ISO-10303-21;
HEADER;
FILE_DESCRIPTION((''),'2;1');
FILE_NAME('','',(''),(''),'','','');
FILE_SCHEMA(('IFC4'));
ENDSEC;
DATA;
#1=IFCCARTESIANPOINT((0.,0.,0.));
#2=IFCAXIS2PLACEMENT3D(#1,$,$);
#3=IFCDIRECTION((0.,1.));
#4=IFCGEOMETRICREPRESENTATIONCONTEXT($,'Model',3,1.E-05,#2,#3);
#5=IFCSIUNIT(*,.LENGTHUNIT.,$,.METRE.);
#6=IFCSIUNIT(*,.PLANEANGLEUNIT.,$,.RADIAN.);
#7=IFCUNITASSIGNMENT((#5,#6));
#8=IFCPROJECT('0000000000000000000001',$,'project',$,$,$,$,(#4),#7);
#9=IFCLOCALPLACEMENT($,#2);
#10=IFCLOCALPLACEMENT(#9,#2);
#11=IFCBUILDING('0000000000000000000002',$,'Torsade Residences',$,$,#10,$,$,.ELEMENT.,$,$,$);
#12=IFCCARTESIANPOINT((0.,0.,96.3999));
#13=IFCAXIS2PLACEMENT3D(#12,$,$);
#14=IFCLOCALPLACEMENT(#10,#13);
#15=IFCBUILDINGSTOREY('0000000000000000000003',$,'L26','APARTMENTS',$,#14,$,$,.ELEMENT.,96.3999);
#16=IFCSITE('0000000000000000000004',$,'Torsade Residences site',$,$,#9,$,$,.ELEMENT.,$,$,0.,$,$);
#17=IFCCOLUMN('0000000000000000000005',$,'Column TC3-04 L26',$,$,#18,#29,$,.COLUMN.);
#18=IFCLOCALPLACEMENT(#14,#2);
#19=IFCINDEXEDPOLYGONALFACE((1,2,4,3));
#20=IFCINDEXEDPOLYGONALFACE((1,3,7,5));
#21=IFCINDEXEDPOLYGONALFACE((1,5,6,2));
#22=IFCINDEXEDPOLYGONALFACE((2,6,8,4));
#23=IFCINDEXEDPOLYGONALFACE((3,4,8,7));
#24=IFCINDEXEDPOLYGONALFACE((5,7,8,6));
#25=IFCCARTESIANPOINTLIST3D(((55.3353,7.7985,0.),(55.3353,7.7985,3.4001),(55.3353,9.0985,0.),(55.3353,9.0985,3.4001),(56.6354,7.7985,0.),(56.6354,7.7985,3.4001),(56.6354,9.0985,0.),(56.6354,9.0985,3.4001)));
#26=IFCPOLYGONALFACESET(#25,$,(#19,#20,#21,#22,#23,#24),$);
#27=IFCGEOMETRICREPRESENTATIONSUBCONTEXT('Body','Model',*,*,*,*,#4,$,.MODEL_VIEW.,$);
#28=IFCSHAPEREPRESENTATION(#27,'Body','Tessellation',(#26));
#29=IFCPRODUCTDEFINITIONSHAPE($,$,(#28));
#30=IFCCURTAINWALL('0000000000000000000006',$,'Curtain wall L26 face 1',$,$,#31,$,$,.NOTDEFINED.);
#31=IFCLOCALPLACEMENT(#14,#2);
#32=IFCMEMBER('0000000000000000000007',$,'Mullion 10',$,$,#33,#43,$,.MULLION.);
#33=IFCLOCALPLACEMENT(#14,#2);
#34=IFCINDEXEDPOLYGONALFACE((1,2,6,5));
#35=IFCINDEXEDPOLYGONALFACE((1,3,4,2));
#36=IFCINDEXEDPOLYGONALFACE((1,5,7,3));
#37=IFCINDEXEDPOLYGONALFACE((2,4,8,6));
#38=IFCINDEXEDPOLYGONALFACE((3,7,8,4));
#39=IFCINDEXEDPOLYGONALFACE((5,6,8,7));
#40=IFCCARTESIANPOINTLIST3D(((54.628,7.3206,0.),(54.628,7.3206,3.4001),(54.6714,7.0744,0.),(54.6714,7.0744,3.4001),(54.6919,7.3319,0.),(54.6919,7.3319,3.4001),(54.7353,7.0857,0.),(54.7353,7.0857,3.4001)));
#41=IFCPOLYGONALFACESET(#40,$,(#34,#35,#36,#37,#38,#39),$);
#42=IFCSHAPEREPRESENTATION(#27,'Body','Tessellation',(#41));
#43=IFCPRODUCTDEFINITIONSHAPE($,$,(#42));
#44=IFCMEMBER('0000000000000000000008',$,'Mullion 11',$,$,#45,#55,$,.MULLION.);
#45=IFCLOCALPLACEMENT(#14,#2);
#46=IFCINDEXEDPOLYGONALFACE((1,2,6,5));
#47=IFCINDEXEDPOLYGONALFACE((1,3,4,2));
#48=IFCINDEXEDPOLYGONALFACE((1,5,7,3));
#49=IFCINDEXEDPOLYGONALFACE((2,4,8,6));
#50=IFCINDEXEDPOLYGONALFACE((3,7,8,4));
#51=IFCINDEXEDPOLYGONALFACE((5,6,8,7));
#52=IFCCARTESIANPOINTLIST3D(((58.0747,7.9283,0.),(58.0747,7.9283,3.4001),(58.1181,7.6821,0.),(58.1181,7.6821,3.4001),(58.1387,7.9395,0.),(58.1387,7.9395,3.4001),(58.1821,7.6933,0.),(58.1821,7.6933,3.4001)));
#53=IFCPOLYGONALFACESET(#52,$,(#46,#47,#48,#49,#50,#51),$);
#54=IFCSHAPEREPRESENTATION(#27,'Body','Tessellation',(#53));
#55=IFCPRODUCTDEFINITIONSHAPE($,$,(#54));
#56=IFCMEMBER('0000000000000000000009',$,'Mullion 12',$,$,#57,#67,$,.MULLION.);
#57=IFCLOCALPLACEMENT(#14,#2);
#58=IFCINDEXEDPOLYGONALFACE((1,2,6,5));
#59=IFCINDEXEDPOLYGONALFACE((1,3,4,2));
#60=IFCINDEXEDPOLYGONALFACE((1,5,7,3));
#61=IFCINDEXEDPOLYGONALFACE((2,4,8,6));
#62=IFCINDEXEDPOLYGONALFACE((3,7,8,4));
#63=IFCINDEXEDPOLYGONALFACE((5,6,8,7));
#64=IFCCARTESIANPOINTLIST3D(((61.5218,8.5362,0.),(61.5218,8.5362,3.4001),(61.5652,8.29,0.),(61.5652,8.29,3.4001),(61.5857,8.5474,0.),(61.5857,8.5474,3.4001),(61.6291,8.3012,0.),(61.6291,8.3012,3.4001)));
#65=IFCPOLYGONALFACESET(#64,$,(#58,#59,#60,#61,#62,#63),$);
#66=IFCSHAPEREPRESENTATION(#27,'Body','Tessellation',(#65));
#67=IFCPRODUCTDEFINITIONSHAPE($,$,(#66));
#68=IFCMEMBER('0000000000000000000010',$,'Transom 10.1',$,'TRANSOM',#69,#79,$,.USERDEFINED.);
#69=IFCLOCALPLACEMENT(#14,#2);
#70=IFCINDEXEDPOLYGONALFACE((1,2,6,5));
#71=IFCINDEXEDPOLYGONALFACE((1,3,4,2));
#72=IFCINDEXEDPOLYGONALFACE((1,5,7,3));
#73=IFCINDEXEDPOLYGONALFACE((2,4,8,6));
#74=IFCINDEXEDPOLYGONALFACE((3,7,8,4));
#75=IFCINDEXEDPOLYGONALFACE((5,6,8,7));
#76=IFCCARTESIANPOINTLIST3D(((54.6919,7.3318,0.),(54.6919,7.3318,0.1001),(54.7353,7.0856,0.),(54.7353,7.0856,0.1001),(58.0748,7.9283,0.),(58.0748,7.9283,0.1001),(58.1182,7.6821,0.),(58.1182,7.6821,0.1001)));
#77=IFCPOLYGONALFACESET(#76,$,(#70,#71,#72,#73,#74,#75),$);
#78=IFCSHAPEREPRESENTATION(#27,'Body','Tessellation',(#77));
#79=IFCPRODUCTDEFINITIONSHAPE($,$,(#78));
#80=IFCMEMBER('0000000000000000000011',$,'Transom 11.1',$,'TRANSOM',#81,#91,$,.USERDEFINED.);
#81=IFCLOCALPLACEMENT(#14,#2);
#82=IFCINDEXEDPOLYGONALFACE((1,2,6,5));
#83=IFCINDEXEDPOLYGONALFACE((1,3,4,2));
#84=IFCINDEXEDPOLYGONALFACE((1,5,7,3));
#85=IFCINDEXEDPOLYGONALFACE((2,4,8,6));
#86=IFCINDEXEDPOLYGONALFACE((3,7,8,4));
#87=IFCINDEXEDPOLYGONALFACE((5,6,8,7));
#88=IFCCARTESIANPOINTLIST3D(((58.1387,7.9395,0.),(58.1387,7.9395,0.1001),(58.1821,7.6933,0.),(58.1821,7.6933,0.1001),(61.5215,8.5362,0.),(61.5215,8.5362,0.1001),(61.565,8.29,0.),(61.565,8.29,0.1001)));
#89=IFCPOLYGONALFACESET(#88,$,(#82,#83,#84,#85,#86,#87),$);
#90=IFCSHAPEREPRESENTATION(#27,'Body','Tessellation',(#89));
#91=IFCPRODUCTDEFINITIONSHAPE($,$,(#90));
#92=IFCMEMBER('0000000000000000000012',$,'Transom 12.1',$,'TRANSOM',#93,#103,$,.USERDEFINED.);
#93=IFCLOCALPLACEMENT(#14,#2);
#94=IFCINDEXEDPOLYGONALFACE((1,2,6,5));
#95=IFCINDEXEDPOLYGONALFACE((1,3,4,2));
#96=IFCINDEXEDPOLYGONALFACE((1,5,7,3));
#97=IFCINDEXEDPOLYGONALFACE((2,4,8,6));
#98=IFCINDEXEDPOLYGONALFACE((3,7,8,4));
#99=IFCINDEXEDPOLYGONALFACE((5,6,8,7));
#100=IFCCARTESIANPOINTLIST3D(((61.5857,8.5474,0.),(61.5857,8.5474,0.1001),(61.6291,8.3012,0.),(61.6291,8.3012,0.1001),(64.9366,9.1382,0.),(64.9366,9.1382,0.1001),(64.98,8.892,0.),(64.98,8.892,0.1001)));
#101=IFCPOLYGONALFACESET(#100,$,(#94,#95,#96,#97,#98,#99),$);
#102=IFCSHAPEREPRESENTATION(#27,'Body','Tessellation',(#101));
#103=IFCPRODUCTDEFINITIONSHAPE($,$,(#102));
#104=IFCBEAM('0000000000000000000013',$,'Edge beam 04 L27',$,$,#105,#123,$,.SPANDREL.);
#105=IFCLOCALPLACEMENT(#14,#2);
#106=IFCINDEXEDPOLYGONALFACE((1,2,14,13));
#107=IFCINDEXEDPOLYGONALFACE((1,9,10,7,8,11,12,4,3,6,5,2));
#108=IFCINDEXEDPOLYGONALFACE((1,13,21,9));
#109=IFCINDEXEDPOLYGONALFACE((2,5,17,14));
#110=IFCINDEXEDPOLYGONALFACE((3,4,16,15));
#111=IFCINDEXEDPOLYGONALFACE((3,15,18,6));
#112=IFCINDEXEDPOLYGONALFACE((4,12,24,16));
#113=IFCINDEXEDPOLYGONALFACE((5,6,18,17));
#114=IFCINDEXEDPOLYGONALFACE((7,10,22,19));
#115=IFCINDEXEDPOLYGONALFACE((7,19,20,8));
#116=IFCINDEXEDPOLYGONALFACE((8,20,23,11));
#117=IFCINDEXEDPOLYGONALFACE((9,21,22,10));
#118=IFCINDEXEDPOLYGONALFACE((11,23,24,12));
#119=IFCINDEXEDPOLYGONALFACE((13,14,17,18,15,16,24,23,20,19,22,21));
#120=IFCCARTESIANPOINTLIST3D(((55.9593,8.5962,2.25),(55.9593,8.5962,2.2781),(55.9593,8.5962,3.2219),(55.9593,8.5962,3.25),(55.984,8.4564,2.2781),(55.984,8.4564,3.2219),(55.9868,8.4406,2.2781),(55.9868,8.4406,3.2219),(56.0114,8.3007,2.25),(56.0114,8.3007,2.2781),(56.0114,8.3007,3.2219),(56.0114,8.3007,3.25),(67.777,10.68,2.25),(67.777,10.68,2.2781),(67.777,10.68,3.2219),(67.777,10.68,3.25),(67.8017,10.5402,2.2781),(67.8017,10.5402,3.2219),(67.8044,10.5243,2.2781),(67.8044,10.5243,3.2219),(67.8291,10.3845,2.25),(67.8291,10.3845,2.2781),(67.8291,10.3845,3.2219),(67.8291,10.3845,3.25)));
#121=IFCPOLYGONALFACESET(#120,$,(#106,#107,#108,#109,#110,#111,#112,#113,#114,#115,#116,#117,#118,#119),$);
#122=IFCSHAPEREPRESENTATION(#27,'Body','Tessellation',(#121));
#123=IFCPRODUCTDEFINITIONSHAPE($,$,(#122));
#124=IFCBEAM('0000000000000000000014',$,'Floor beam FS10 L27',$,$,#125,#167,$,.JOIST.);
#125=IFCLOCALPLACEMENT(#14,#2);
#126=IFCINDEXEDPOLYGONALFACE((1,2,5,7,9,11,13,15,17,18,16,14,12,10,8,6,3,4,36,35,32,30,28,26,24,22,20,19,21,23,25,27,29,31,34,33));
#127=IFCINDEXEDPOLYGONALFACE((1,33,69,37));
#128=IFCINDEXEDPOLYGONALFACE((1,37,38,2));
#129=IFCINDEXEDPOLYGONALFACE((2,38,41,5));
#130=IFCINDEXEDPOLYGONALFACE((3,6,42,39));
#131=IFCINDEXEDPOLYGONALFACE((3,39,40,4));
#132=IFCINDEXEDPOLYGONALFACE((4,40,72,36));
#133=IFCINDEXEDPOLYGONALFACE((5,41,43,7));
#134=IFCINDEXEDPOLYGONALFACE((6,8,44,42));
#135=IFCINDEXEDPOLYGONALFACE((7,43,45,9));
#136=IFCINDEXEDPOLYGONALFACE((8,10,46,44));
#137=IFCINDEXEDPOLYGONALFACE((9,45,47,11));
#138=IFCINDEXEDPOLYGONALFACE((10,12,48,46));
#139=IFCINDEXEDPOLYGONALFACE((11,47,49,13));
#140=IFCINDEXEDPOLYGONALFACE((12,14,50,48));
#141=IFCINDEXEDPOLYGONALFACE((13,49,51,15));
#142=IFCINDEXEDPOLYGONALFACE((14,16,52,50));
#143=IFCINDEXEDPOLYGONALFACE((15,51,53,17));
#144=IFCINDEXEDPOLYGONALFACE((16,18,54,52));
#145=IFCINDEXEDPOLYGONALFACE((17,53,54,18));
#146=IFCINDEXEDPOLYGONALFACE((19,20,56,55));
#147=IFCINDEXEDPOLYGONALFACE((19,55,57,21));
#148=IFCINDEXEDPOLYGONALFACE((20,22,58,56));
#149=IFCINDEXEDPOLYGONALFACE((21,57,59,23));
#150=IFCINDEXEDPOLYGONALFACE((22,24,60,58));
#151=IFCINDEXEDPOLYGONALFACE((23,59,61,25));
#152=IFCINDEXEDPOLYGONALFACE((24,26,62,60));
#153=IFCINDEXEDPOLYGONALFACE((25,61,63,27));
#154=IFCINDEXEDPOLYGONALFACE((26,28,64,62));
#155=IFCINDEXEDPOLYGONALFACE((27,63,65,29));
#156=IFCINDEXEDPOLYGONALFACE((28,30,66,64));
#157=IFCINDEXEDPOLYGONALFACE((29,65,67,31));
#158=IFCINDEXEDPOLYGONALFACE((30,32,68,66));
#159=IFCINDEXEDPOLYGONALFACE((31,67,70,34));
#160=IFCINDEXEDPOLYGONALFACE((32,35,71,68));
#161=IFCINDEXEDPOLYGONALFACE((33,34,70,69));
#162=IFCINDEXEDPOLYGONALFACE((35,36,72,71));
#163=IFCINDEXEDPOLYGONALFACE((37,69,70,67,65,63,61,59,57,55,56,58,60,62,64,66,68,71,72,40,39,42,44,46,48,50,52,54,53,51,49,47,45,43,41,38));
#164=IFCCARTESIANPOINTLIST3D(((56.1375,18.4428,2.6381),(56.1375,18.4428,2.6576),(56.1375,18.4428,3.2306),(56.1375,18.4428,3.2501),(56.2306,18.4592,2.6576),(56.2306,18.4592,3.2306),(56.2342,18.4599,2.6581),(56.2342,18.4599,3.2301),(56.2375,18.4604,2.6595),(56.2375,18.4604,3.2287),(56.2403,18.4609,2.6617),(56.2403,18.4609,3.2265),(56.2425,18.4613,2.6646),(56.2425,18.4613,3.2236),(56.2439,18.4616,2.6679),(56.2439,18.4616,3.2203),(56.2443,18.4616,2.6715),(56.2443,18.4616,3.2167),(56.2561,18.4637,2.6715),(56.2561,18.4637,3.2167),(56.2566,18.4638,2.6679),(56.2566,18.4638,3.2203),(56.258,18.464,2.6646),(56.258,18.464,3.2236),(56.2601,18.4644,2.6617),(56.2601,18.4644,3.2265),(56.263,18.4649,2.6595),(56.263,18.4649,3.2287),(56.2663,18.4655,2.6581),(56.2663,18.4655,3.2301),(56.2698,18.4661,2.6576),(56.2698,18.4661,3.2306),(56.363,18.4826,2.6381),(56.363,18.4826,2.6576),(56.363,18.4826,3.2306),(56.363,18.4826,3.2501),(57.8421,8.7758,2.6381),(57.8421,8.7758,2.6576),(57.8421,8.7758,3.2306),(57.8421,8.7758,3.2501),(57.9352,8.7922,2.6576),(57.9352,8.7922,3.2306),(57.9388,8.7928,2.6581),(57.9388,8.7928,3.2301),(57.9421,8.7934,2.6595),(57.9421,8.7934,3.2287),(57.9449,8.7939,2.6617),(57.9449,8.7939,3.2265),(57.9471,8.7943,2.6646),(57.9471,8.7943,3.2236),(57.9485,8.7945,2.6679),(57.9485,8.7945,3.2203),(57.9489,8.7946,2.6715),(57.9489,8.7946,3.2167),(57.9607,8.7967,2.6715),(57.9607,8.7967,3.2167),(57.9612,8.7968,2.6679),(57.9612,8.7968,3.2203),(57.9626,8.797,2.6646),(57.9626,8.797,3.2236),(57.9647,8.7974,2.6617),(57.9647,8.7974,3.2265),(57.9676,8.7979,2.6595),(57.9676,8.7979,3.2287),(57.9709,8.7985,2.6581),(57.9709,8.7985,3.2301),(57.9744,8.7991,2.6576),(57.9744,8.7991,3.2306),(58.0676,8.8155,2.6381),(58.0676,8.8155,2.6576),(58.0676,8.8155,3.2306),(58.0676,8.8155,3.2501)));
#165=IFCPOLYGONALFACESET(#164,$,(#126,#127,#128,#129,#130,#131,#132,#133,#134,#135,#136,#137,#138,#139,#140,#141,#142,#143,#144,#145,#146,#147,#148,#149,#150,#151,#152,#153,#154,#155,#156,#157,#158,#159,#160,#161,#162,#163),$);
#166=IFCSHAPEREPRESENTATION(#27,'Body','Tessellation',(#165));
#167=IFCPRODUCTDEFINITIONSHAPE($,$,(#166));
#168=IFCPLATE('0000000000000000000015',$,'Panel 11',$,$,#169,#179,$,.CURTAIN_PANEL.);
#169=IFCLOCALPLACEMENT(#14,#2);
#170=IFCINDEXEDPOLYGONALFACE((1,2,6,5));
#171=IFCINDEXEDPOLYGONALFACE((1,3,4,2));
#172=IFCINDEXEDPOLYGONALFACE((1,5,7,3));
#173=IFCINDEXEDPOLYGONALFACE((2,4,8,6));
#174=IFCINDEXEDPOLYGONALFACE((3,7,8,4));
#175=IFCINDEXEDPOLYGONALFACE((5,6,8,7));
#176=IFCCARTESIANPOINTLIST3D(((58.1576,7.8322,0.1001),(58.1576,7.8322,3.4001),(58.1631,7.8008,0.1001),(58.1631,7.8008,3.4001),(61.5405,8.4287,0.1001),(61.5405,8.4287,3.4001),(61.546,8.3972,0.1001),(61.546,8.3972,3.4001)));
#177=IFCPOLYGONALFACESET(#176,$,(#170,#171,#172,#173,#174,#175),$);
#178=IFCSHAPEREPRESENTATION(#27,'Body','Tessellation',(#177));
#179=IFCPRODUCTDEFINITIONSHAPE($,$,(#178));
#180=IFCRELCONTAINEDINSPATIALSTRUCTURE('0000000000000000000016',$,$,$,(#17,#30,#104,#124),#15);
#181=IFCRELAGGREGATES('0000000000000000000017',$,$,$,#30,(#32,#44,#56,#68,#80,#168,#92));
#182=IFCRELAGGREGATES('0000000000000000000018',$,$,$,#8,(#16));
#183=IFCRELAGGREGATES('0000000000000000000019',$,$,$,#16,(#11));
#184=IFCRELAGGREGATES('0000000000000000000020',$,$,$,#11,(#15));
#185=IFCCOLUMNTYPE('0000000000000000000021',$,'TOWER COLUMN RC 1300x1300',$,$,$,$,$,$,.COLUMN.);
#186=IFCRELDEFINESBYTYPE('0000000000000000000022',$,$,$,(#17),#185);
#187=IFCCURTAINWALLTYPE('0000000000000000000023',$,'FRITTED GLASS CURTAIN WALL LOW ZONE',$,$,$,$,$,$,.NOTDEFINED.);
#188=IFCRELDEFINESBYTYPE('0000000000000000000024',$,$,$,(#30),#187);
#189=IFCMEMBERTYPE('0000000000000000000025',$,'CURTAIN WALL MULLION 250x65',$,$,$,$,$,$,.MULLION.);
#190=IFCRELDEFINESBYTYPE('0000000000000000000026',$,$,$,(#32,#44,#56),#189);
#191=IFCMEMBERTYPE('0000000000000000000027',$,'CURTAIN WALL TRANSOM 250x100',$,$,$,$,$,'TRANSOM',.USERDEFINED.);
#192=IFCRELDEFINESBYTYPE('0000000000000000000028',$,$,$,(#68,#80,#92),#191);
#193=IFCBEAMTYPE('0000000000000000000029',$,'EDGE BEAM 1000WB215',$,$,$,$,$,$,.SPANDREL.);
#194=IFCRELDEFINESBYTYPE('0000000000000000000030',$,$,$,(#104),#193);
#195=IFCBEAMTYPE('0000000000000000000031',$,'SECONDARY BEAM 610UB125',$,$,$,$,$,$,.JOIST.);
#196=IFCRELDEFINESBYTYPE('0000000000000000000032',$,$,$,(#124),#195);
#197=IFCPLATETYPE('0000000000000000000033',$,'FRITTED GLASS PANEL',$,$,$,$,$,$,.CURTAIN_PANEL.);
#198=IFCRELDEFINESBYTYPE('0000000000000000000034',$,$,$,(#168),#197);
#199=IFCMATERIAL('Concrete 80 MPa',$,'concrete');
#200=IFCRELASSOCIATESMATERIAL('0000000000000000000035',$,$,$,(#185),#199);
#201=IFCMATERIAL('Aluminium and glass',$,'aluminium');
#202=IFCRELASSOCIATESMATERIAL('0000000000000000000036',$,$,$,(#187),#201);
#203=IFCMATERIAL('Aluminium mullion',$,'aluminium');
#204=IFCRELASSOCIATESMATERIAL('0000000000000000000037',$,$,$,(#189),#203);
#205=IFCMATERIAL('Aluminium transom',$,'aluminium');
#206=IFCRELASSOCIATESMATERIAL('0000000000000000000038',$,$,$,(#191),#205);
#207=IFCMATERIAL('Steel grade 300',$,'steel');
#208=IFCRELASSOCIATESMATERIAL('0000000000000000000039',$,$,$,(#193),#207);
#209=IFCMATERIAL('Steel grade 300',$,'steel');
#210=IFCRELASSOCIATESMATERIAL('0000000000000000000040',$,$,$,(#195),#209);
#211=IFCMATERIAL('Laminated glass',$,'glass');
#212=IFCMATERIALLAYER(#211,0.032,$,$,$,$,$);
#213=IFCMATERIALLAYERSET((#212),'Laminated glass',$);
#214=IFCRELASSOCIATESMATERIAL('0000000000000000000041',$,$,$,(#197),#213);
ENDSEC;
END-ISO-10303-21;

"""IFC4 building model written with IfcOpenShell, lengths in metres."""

from ifc_helpers import new_model, si_unit, direction, frame, origin, origin_2d, place, context, subcontext, project, spatial, rectangle, i_section, extrude, material, layer, layer_set, material_profile, profile_set, type_object, element, aggregate, save


model = new_model("IFC4")

# Units and contexts
model_context = context("Model", 3, precision=1e-05, world=origin(), true_north=direction((0.0, 1.0)))
body_context = subcontext(model_context, "Body", "Model", "MODEL_VIEW")
ifc_project = project(units=[si_unit("LENGTHUNIT", "METRE"), si_unit("PLANEANGLEUNIT", "RADIAN")], contexts=[model_context])

# Site, building, storey
site_placement = place(None, origin())
site = spatial("IfcSite", under=ifc_project, at=site_placement, Name="Torsade Residences site", CompositionType="ELEMENT", RefElevation=0.0)
building_placement = place(site_placement, origin())
building = spatial("IfcBuilding", under=site, at=building_placement, Name="Torsade Residences", CompositionType="ELEMENT")
storey_placement = place(building_placement, frame((0.0, 0.0, 96.3999)))
storey = spatial("IfcBuildingStorey", under=building, at=storey_placement, Name="L26", Description="APARTMENTS", CompositionType="ELEMENT", Elevation=96.3999)

# Column
ifc_material_1 = material(Name="Concrete 80 MPa", Category="concrete")
ifc_material_profile_1 = material_profile(ifc_material_1, rectangle(XDim=1.3, YDim=1.3, at=origin_2d()), Name="RC 1300x1300")
ifc_profile_set_1 = profile_set([ifc_material_profile_1], Name="Concrete 80 MPa")
column_type = type_object("IfcColumnType", Name="TOWER COLUMN RC 1300x1300", PredefinedType="COLUMN", material=ifc_profile_set_1)
column_placement = place(storey_placement, frame((55.9854, 8.4485, 0.0), z_axis=(0.0, 0.0, 1.0), x_axis=(1.0, 0.0, 0.0)))
element("IfcColumn", 1, at=column_placement, inside=storey, type_object=column_type, Name="Column TC3-04 L26", PredefinedType="COLUMN", context=body_context, shape_type="SweptSolid", body=[
    extrude(rectangle(XDim=1.3, YDim=1.3, at=origin_2d()), origin(), (0.0, 0.0, 1.0), 3.4001),
])

# Curtain wall, members
ifc_material_2 = material(Name="Aluminium and glass", Category="aluminium")
curtain_wall_type = type_object("IfcCurtainWallType", Name="FRITTED GLASS CURTAIN WALL LOW ZONE", PredefinedType="NOTDEFINED", material=ifc_material_2)
curtain_wall_placement = place(storey_placement, origin())
curtain_wall = element("IfcCurtainWall", 2, at=curtain_wall_placement, inside=storey, type_object=curtain_wall_type, Name="Curtain wall L26 face 1", PredefinedType="NOTDEFINED")
ifc_material_3 = material(Name="Aluminium mullion", Category="aluminium")
ifc_material_profile_2 = material_profile(ifc_material_3, rectangle(XDim=0.25, YDim=0.0649, at=origin_2d()), Name="CURTAIN WALL MULLION 250x65")
ifc_profile_set_2 = profile_set([ifc_material_profile_2], Name="Aluminium mullion")
member_type_1 = type_object("IfcMemberType", Name="CURTAIN WALL MULLION 250x65", PredefinedType="MULLION", material=ifc_profile_set_2)
member_1_placement = place(storey_placement, frame((54.6816, 7.2031, 0.0), z_axis=(0.0, 0.0, 1.0), x_axis=(-0.173648, 0.984808, 0.0)))
member_1 = element("IfcMember", 3, at=member_1_placement, type_object=member_type_1, Name="Mullion 10", PredefinedType="MULLION", context=body_context, shape_type="SweptSolid", body=[
    extrude(rectangle(XDim=0.25, YDim=0.0649, at=origin_2d()), origin(), (0.0, 0.0, 1.0), 3.4001),
])
member_2_placement = place(storey_placement, frame((58.1284, 7.8108, 0.0), z_axis=(0.0, 0.0, 1.0), x_axis=(-0.173648, 0.984808, 0.0)))
member_2 = element("IfcMember", 4, at=member_2_placement, type_object=member_type_1, Name="Mullion 11", PredefinedType="MULLION", context=body_context, shape_type="SweptSolid", body=[
    extrude(rectangle(XDim=0.25, YDim=0.0649, at=origin_2d()), origin(), (0.0, 0.0, 1.0), 3.4001),
])
member_3_placement = place(storey_placement, frame((61.5754, 8.4187, 0.0), z_axis=(0.0, 0.0, 1.0), x_axis=(-0.173648, 0.984808, 0.0)))
member_3 = element("IfcMember", 5, at=member_3_placement, type_object=member_type_1, Name="Mullion 12", PredefinedType="MULLION", context=body_context, shape_type="SweptSolid", body=[
    extrude(rectangle(XDim=0.25, YDim=0.0649, at=origin_2d()), origin(), (0.0, 0.0, 1.0), 3.4001),
])
ifc_material_4 = material(Name="Aluminium transom", Category="aluminium")
ifc_material_profile_3 = material_profile(ifc_material_4, rectangle(XDim=0.25, YDim=0.1001, at=origin_2d()), Name="CURTAIN WALL TRANSOM 250x100")
ifc_profile_set_3 = profile_set([ifc_material_profile_3], Name="Aluminium transom")
member_type_2 = type_object("IfcMemberType", Name="CURTAIN WALL TRANSOM 250x100", ElementType="TRANSOM", PredefinedType="USERDEFINED", material=ifc_profile_set_3)
member_4_placement = place(storey_placement, frame((54.7136, 7.2087, 0.05), z_axis=(0.98481, 0.173635, 0.0), x_axis=(-0.173635, 0.98481, 0.0)))
member_4 = element("IfcMember", 6, at=member_4_placement, type_object=member_type_2, Name="Transom 10.1", ObjectType="TRANSOM", PredefinedType="USERDEFINED", context=body_context, shape_type="SweptSolid", body=[
    extrude(rectangle(XDim=0.25, YDim=0.1001, at=origin_2d()), origin(), (0.0, 0.0, 1.0), 3.4351),
])
member_5_placement = place(storey_placement, frame((58.1604, 7.8164, 0.05), z_axis=(0.984798, 0.173704, 0.0), x_axis=(-0.173704, 0.984798, 0.0)))
member_5 = element("IfcMember", 7, at=member_5_placement, type_object=member_type_2, Name="Transom 11.1", ObjectType="TRANSOM", PredefinedType="USERDEFINED", context=body_context, shape_type="SweptSolid", body=[
    extrude(rectangle(XDim=0.25, YDim=0.1001, at=origin_2d()), origin(), (0.0, 0.0, 1.0), 3.4351),
])
member_6_placement = place(storey_placement, frame((61.6074, 8.4243, 0.05), z_axis=(0.984809, 0.173642, 0.0), x_axis=(-0.173642, 0.984809, 0.0)))
member_6 = element("IfcMember", 8, at=member_6_placement, type_object=member_type_2, Name="Transom 12.1", ObjectType="TRANSOM", PredefinedType="USERDEFINED", context=body_context, shape_type="SweptSolid", body=[
    extrude(rectangle(XDim=0.25, YDim=0.1001, at=origin_2d()), origin(), (0.0, 0.0, 1.0), 3.4026),
])

# Beams
ifc_material_5 = material(Name="Steel grade 300", Category="steel")
ifc_material_profile_4 = material_profile(ifc_material_5, i_section(OverallWidth=0.3, OverallDepth=1.0, WebThickness=0.0161, FlangeThickness=0.0281, at=origin_2d()), Name="1000WB215")
ifc_profile_set_4 = profile_set([ifc_material_profile_4], Name="Steel grade 300")
beam_type_1 = type_object("IfcBeamType", Name="EDGE BEAM 1000WB215", PredefinedType="SPANDREL", material=ifc_profile_set_4)
beam_1_placement = place(storey_placement, frame((55.9854, 8.4485, 2.75), z_axis=(0.984808, 0.173646, 0.0), x_axis=(-0.173646, 0.984808, 0.0)))
element("IfcBeam", 9, at=beam_1_placement, inside=storey, type_object=beam_type_1, Name="Edge beam 04 L27", PredefinedType="SPANDREL", context=body_context, shape_type="SweptSolid", body=[
    extrude(i_section(OverallWidth=0.3, OverallDepth=1.0, WebThickness=0.0161, FlangeThickness=0.0281, at=origin_2d()), origin(), (0.0, 0.0, 1.0), 12.0),
])
ifc_material_6 = material(Name="Steel grade 300", Category="steel")
ifc_material_profile_5 = material_profile(ifc_material_6, i_section(OverallWidth=0.229, OverallDepth=0.6121, WebThickness=0.012, FlangeThickness=0.0195, FilletRadius=0.0139, at=origin_2d()), Name="610UB125")
ifc_profile_set_5 = profile_set([ifc_material_profile_5], Name="Steel grade 300")
beam_type_2 = type_object("IfcBeamType", Name="SECONDARY BEAM 610UB125", PredefinedType="JOIST", material=ifc_profile_set_5)
beam_2_placement = place(storey_placement, frame((57.9548, 8.7957, 2.9441), z_axis=(-0.173652, 0.984807, 0.0), x_axis=(-0.984807, -0.173652, 0.0)))
element("IfcBeam", 10, at=beam_2_placement, inside=storey, type_object=beam_type_2, Name="Floor beam FS10 L27", PredefinedType="JOIST", context=body_context, shape_type="SweptSolid", body=[
    extrude(i_section(OverallWidth=0.229, OverallDepth=0.6121, WebThickness=0.012, FlangeThickness=0.0195, FilletRadius=0.0139, at=origin_2d()), origin(), (0.0, 0.0, 1.0), 9.8162),
])

# Plate
ifc_material_7 = material(Name="Laminated glass", Category="glass")
ifc_layer_1 = layer(ifc_material_7, 0.032)
ifc_layer_set_1 = layer_set([ifc_layer_1], Name="Laminated glass")
plate_type_1 = type_object("IfcPlateType", Name="FRITTED GLASS PANEL", PredefinedType="CURTAIN_PANEL", material=ifc_layer_set_1)
plate_1_placement = place(storey_placement, frame((59.8518, 8.1147, 0.1001), z_axis=(0.0, 0.0, 1.0), x_axis=(0.984808, 0.173648, 0.0)))
plate_1 = element("IfcPlate", 11, at=plate_1_placement, type_object=plate_type_1, Name="Panel 11", PredefinedType="CURTAIN_PANEL", context=body_context, shape_type="SweptSolid", body=[
    extrude(rectangle(XDim=3.4351, YDim=0.032, at=origin_2d()), origin(), (0.0, 0.0, 1.0), 3.3),
])
aggregate(curtain_wall, [member_1, member_2, member_3, member_4, member_5, plate_1, member_6])

save(model, "model.ifc")
